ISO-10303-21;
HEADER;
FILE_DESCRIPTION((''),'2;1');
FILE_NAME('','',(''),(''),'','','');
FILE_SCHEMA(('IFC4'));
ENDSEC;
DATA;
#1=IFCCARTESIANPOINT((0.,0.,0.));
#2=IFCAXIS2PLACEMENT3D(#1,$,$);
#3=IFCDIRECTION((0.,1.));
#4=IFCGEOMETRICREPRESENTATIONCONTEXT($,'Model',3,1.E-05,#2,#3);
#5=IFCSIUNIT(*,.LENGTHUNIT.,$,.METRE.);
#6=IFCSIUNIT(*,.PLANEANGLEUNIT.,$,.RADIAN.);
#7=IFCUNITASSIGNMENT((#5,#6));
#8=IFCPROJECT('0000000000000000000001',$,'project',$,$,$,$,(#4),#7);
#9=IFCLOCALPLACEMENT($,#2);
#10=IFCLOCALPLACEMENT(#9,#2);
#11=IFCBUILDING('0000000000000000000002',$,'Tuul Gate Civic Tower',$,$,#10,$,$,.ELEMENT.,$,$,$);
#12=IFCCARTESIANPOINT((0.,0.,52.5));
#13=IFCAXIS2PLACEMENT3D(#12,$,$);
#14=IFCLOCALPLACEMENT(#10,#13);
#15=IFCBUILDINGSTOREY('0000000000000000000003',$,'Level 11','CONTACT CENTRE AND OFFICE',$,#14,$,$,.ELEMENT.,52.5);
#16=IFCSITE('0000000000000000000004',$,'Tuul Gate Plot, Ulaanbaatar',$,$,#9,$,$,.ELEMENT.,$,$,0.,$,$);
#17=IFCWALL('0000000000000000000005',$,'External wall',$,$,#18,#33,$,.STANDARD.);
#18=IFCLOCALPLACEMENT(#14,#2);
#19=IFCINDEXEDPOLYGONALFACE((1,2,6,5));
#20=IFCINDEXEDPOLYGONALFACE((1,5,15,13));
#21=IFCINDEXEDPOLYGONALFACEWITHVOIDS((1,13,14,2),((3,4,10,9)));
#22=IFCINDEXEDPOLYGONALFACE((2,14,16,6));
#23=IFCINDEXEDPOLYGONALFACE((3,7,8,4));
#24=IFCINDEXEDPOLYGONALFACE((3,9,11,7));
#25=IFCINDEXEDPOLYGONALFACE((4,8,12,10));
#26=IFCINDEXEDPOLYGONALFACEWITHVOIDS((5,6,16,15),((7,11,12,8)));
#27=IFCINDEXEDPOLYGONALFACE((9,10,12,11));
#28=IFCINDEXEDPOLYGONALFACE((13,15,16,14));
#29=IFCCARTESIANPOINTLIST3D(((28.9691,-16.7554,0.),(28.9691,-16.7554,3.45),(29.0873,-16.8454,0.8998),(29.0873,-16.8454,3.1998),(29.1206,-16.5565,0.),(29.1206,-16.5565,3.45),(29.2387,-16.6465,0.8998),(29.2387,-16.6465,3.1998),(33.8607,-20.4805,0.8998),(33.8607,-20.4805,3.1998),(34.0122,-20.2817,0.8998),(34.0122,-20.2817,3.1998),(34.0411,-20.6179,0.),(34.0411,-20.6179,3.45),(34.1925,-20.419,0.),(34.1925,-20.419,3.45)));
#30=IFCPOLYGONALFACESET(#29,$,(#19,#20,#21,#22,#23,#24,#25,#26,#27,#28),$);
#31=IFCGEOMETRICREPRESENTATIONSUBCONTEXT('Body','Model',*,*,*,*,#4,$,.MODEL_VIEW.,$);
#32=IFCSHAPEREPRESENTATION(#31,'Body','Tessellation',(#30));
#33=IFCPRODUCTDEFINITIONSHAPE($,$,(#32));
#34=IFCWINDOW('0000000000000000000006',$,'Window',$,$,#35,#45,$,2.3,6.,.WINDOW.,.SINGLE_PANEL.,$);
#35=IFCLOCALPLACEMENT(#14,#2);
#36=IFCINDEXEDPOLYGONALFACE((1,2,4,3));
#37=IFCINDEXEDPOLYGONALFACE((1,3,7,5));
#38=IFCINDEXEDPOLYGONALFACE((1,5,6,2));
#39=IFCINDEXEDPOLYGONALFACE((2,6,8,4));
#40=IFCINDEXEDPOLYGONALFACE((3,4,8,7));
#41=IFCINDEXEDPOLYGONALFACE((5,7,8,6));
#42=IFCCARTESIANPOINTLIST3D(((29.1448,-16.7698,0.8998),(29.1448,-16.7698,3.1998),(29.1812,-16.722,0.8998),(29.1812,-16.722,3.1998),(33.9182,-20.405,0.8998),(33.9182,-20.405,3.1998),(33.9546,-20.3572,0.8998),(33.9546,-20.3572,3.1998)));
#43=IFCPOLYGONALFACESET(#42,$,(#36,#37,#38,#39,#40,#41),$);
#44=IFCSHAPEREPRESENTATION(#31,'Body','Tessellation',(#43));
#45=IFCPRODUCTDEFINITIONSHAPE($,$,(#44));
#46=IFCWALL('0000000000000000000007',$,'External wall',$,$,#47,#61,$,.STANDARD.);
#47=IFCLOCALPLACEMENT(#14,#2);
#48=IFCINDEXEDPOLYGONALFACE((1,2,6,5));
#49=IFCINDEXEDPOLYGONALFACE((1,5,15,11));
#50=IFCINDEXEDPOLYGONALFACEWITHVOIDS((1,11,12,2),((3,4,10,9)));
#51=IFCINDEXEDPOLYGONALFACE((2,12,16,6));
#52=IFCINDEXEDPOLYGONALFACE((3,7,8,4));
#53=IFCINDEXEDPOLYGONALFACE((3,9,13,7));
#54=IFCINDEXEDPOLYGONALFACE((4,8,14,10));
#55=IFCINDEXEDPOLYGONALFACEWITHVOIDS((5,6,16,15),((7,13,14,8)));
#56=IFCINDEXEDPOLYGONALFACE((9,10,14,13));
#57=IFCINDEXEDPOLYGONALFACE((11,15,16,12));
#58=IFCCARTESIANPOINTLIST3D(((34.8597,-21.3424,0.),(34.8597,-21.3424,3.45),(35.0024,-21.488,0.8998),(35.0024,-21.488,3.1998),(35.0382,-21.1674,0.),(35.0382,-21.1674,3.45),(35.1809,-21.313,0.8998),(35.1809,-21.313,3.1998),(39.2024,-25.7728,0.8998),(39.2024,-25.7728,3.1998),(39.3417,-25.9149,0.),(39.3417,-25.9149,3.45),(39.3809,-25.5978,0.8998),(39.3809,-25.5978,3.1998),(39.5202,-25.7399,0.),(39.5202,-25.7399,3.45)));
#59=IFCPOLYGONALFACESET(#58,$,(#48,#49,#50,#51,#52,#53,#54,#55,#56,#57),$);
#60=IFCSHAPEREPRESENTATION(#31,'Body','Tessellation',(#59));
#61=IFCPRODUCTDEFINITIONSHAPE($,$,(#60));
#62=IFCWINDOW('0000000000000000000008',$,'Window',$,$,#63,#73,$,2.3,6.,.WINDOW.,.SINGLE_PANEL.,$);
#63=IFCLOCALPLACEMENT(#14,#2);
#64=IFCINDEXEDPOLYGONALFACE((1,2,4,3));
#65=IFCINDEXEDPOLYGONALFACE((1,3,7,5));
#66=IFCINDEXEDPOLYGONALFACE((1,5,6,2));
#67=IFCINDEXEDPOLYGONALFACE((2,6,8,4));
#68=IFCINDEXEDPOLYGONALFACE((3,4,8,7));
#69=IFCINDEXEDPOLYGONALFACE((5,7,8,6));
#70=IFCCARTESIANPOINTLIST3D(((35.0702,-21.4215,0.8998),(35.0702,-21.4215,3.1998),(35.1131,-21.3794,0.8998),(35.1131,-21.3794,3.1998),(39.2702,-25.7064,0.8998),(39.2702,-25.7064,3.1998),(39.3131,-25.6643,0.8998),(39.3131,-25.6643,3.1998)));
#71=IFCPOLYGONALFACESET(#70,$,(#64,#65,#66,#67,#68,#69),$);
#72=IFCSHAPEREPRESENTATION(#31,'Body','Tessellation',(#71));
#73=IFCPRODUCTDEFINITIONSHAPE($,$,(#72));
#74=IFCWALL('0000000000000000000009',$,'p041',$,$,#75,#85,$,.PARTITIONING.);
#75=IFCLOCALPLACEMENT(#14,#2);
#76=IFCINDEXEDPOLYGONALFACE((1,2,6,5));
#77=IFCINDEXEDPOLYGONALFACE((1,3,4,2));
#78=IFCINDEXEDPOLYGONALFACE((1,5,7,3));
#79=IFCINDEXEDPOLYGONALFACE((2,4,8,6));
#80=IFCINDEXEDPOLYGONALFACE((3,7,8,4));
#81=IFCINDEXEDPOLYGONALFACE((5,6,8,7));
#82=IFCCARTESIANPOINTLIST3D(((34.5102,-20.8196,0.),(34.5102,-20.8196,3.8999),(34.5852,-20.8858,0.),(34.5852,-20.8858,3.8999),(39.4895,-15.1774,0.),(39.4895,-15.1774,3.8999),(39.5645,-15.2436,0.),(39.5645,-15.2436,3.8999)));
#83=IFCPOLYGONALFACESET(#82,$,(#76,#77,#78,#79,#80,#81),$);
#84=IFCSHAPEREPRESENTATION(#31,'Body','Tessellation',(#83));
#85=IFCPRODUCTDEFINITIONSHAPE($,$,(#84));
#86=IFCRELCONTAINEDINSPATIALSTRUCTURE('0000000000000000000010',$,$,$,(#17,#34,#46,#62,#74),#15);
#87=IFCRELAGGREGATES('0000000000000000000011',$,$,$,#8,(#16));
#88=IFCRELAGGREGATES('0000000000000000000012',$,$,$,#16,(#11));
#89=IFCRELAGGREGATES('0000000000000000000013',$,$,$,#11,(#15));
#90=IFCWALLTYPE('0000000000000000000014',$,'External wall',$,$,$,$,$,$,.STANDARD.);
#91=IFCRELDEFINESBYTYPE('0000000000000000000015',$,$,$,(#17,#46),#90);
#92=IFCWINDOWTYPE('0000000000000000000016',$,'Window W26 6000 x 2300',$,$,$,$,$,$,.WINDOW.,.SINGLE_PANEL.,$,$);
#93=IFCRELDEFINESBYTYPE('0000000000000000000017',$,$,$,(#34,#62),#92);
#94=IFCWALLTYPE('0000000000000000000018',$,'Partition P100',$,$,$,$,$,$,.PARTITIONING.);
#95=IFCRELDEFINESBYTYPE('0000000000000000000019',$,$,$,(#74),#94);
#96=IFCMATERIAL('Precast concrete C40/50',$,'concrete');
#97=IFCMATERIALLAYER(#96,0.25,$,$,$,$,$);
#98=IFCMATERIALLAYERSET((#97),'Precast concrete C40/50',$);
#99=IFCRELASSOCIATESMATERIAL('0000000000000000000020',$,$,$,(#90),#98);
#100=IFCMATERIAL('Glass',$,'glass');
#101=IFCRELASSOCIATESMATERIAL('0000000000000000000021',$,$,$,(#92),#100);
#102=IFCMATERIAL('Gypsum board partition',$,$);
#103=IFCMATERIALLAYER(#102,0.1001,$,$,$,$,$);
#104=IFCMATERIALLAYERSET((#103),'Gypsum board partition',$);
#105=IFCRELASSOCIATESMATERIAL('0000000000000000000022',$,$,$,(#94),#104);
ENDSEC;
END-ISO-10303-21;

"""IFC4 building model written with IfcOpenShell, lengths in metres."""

from ifc_helpers import new_model, si_unit, direction, frame, frame_2d, origin, place, context, subcontext, project, spatial, rectangle, extrude, material, layer, layer_set, type_object, element, fill, save


model = new_model("IFC4")

# Units and contexts
model_context = context("Model", 3, precision=1e-05, world=origin(), true_north=direction((0.0, 1.0)))
body_context = subcontext(model_context, "Body", "Model", "MODEL_VIEW")
ifc_project = project(units=[si_unit("LENGTHUNIT", "METRE"), si_unit("PLANEANGLEUNIT", "RADIAN")], contexts=[model_context])

# Site, building, storey
site_placement = place(None, origin())
site = spatial("IfcSite", under=ifc_project, at=site_placement, Name="Tuul Gate Plot, Ulaanbaatar", CompositionType="ELEMENT", RefElevation=0.0)
building_placement = place(site_placement, origin())
building = spatial("IfcBuilding", under=site, at=building_placement, Name="Tuul Gate Civic Tower", CompositionType="ELEMENT")
storey_placement = place(building_placement, frame((0.0, 0.0, 52.5)))
storey = spatial("IfcBuildingStorey", under=building, at=storey_placement, Name="Level 11", Description="CONTACT CENTRE AND OFFICE", CompositionType="ELEMENT", Elevation=52.5)

# Walls, openings, windows
ifc_material_1 = material(Name="Precast concrete C40/50", Category="concrete")
ifc_layer_1 = layer(ifc_material_1, 0.25)
ifc_layer_set_1 = layer_set([ifc_layer_1], Name="Precast concrete C40/50")
wall_type_1 = type_object("IfcWallType", Name="External wall", PredefinedType="STANDARD", material=ifc_layer_set_1)
wall_1_placement = place(storey_placement, frame((29.0449, -16.656, 0.0), z_axis=(0.0, 0.0, 1.0), x_axis=(0.795571, -0.60586, 0.0)))
wall_1 = element("IfcWall", 1, at=wall_1_placement, inside=storey, type_object=wall_type_1, Name="External wall", PredefinedType="STANDARD", context=body_context, shape_type="SweptSolid", body=[
    extrude(rectangle(XDim=6.3752, YDim=0.25, at=frame_2d((3.1875, 0.0))), origin(), (0.0, 0.0, 1.0), 3.45),
])
opening_1_placement = place(wall_1_placement, frame((0.1484, 0.0, 0.8999)))
opening_1 = element("IfcOpeningElement", 2, at=opening_1_placement, cuts=wall_1, PredefinedType="OPENING", context=body_context, shape_type="SweptSolid", body=[
    extrude(rectangle(XDim=6.0, YDim=2.3, at=frame_2d((3.0, 1.1499))), frame((0.0, 0.135, 0.0), z_axis=(0.0, -1.0, 0.0), x_axis=(1.0, 0.0, 0.0)), (0.0, 0.0, 1.0), 0.27),
])
ifc_material_2 = material(Name="Glass", Category="glass")
window_type_1 = type_object("IfcWindowType", Name="Window W26 6000 x 2300", PartitioningType="SINGLE_PANEL", PredefinedType="WINDOW", material=ifc_material_2)
window_1_placement = place(opening_1_placement, origin())
window_1 = element("IfcWindow", 3, at=window_1_placement, inside=storey, type_object=window_type_1, Name="Window", OverallHeight=2.3, OverallWidth=6.0, PartitioningType="SINGLE_PANEL", PredefinedType="WINDOW", context=body_context, shape_type="SweptSolid", body=[
    extrude(rectangle(XDim=6.0, YDim=2.3, at=frame_2d((3.0, 1.1499))), frame((0.0, 0.03, 0.0), z_axis=(0.0, -1.0, 0.0), x_axis=(1.0, 0.0, 0.0)), (0.0, 0.0, 1.0), 0.0601),
])
fill(opening_1, window_1)
wall_2_placement = place(storey_placement, frame((34.949, -21.2549, 0.0), z_axis=(0.0, 0.0, 1.0), x_axis=(0.699998, -0.714145, 0.0)))
wall_2 = element("IfcWall", 4, at=wall_2_placement, inside=storey, type_object=wall_type_1, Name="External wall", PredefinedType="STANDARD", context=body_context, shape_type="SweptSolid", body=[
    extrude(rectangle(XDim=6.4028, YDim=0.25, at=frame_2d((3.2014, 0.0))), origin(), (0.0, 0.0, 1.0), 3.45),
])
opening_2_placement = place(wall_2_placement, frame((0.2039, 0.0, 0.8999)))
opening_2 = element("IfcOpeningElement", 5, at=opening_2_placement, cuts=wall_2, PredefinedType="OPENING", context=body_context, shape_type="SweptSolid", body=[
    extrude(rectangle(XDim=6.0, YDim=2.3, at=frame_2d((3.0, 1.1499))), frame((0.0, 0.135, 0.0), z_axis=(0.0, -1.0, 0.0), x_axis=(1.0, 0.0, 0.0)), (0.0, 0.0, 1.0), 0.27),
])
window_2_placement = place(opening_2_placement, origin())
window_2 = element("IfcWindow", 6, at=window_2_placement, inside=storey, type_object=window_type_1, Name="Window", OverallHeight=2.3, OverallWidth=6.0, PartitioningType="SINGLE_PANEL", PredefinedType="WINDOW", context=body_context, shape_type="SweptSolid", body=[
    extrude(rectangle(XDim=6.0, YDim=2.3, at=frame_2d((3.0, 1.1499))), frame((0.0, 0.03, 0.0), z_axis=(0.0, -1.0, 0.0), x_axis=(1.0, 0.0, 0.0)), (0.0, 0.0, 1.0), 0.0601),
])
fill(opening_2, window_2)

# Wall
ifc_material_3 = material(Name="Gypsum board partition")
ifc_layer_2 = layer(ifc_material_3, 0.1001)
ifc_layer_set_2 = layer_set([ifc_layer_2], Name="Gypsum board partition")
wall_type_2 = type_object("IfcWallType", Name="Partition P100", PredefinedType="PARTITIONING", material=ifc_layer_set_2)
wall_3_placement = place(storey_placement, frame((34.5476, -20.8528, 0.0), z_axis=(0.0, 0.0, 1.0), x_axis=(0.661691, 0.749776, 0.0)))
element("IfcWall", 7, at=wall_3_placement, inside=storey, type_object=wall_type_2, Name="p041", PredefinedType="PARTITIONING", context=body_context, shape_type="SweptSolid", body=[
    extrude(rectangle(XDim=7.5251, YDim=0.1001, at=frame_2d((3.7627, 0.0))), origin(), (0.0, 0.0, 1.0), 3.8999),
])

save(model, "model.ifc")
